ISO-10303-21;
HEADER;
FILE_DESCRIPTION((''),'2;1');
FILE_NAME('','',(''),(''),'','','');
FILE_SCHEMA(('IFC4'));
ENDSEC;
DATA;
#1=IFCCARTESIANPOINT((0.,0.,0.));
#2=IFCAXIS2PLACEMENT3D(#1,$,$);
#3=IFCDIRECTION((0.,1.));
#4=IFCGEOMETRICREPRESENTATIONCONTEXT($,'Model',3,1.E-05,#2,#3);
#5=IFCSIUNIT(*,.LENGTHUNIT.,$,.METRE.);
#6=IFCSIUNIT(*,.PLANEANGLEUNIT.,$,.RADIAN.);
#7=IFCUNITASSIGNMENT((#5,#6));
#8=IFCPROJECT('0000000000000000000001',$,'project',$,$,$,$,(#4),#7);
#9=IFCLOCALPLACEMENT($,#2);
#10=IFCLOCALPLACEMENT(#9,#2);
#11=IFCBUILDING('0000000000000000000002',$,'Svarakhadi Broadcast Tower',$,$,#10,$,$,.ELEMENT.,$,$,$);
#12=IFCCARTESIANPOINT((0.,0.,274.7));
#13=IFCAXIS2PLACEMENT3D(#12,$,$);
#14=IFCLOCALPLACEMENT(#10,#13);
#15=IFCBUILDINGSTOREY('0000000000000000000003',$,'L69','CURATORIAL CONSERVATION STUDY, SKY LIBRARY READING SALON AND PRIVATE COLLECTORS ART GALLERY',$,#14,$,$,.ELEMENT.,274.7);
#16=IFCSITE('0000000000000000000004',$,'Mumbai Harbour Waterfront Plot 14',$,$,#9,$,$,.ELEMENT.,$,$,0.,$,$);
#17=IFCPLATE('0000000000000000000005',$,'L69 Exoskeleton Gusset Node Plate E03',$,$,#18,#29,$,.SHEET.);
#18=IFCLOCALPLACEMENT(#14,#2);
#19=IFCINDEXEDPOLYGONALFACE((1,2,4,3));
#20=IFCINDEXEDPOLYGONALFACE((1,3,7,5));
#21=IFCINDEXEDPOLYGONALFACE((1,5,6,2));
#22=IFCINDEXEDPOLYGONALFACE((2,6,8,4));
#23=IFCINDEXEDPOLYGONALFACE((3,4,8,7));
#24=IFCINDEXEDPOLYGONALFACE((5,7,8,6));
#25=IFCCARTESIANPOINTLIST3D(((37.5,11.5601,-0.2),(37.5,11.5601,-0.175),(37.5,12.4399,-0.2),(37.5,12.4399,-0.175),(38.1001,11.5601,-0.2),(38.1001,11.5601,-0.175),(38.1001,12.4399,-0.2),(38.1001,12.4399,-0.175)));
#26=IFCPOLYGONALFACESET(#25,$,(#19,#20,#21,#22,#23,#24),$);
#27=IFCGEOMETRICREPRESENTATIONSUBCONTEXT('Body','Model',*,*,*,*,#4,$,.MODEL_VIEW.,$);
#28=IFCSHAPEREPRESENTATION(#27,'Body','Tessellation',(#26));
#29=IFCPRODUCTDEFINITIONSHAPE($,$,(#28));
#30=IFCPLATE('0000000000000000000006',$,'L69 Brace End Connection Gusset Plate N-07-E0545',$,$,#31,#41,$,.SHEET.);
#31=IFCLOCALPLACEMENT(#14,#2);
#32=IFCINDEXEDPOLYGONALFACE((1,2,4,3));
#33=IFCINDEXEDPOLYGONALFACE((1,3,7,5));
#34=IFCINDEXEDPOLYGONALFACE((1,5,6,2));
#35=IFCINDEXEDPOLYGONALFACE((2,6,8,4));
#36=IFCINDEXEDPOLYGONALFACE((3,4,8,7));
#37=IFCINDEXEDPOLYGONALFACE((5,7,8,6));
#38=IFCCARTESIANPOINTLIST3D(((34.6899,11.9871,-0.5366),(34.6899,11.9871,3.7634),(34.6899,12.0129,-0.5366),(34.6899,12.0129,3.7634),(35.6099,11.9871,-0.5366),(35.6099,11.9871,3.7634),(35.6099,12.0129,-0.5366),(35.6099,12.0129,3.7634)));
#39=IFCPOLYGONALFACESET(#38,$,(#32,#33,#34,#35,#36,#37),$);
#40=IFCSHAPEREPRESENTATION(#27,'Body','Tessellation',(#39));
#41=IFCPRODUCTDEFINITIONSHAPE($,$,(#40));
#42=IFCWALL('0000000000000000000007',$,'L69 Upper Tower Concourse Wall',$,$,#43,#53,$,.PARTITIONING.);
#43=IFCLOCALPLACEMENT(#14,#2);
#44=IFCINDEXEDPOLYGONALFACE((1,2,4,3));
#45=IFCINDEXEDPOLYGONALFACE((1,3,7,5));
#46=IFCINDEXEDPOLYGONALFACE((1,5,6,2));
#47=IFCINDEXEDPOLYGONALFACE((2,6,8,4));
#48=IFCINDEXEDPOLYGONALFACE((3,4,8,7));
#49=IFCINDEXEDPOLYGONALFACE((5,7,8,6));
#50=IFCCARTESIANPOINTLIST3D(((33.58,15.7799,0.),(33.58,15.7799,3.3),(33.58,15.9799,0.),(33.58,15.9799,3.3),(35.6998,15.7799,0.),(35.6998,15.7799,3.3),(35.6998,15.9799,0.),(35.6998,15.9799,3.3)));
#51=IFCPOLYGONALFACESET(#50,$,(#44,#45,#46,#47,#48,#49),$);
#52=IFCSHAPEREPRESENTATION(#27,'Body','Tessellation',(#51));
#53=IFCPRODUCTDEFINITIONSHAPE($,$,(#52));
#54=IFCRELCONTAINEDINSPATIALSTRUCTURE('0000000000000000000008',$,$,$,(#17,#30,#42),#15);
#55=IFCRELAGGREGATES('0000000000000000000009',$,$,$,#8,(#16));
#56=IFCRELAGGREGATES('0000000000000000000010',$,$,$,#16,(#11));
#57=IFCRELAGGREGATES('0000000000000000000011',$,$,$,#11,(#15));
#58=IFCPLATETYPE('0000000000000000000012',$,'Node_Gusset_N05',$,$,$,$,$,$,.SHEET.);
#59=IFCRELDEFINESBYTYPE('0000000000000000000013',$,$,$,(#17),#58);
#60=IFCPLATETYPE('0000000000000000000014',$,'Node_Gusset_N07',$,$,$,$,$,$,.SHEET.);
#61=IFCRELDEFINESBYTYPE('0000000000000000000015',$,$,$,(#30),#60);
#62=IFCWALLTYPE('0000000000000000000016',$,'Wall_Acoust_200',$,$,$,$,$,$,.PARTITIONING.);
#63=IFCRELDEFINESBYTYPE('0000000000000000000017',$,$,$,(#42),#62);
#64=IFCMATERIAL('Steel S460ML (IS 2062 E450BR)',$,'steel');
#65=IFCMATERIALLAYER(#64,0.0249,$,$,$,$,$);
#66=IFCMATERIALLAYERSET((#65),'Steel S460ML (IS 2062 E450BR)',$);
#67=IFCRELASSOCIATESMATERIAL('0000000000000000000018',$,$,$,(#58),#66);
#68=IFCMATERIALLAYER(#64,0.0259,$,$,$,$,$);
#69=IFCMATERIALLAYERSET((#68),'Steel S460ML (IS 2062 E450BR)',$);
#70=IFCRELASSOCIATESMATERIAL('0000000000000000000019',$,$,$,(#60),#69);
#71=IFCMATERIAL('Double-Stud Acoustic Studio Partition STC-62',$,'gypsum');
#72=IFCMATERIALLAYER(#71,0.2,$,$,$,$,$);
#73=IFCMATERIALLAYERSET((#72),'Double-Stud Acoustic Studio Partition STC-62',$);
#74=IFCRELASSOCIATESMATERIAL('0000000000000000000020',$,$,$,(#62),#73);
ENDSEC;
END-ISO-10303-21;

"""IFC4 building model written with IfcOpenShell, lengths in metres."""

from ifc_helpers import new_model, si_unit, direction, frame, frame_2d, origin, origin_2d, place, context, subcontext, project, spatial, rectangle, extrude, material, layer, layer_set, type_object, element, save


model = new_model("IFC4")

# Units and contexts
model_context = context("Model", 3, precision=1e-05, world=origin(), true_north=direction((0.0, 1.0)))
body_context = subcontext(model_context, "Body", "Model", "MODEL_VIEW")
ifc_project = project(units=[si_unit("LENGTHUNIT", "METRE"), si_unit("PLANEANGLEUNIT", "RADIAN")], contexts=[model_context])

# Site, building, storey
site_placement = place(None, origin())
site = spatial("IfcSite", under=ifc_project, at=site_placement, Name="Mumbai Harbour Waterfront Plot 14", CompositionType="ELEMENT", RefElevation=0.0)
building_placement = place(site_placement, origin())
building = spatial("IfcBuilding", under=site, at=building_placement, Name="Svarakhadi Broadcast Tower", CompositionType="ELEMENT")
storey_placement = place(building_placement, frame((0.0, 0.0, 274.7)))
storey = spatial("IfcBuildingStorey", under=building, at=storey_placement, Name="L69", Description="CURATORIAL CONSERVATION STUDY, SKY LIBRARY READING SALON AND PRIVATE COLLECTORS ART GALLERY", CompositionType="ELEMENT", Elevation=274.7)

# Shared definitions
ifc_material_1 = material(Name="Steel S460ML (IS 2062 E450BR)", Category="steel")

# Plates
ifc_layer_1 = layer(ifc_material_1, 0.0249)
ifc_layer_set_1 = layer_set([ifc_layer_1], Name="Steel S460ML (IS 2062 E450BR)")
plate_type_1 = type_object("IfcPlateType", Name="Node_Gusset_N05", PredefinedType="SHEET", material=ifc_layer_set_1)
plate_1_placement = place(storey_placement, frame((37.8, 12.0, -0.2), z_axis=(0.0, 0.0, 1.0), x_axis=(0.0, 1.0, 0.0)))
element("IfcPlate", 1, at=plate_1_placement, inside=storey, type_object=plate_type_1, Name="L69 Exoskeleton Gusset Node Plate E03", PredefinedType="SHEET", context=body_context, shape_type="SweptSolid", body=[
    extrude(rectangle(XDim=0.8799, YDim=0.6001, at=origin_2d()), origin(), (0.0, 0.0, 1.0), 0.0249),
])
ifc_layer_2 = layer(ifc_material_1, 0.0259)
ifc_layer_set_2 = layer_set([ifc_layer_2], Name="Steel S460ML (IS 2062 E450BR)")
plate_type_2 = type_object("IfcPlateType", Name="Node_Gusset_N07", PredefinedType="SHEET", material=ifc_layer_set_2)
plate_2_placement = place(storey_placement, frame((35.1499, 12.0, -0.5366), z_axis=(0.0, 0.0, 1.0), x_axis=(1.0, 0.0, 0.0)))
element("IfcPlate", 2, at=plate_2_placement, inside=storey, type_object=plate_type_2, Name="L69 Brace End Connection Gusset Plate N-07-E0545", PredefinedType="SHEET", context=body_context, shape_type="SweptSolid", body=[
    extrude(rectangle(XDim=0.9199, YDim=0.0259, at=origin_2d()), origin(), (0.0, 0.0, 1.0), 4.3),
])

# Wall
ifc_material_2 = material(Name="Double-Stud Acoustic Studio Partition STC-62", Category="gypsum")
ifc_layer_3 = layer(ifc_material_2, 0.2)
ifc_layer_set_3 = layer_set([ifc_layer_3], Name="Double-Stud Acoustic Studio Partition STC-62")
wall_type = type_object("IfcWallType", Name="Wall_Acoust_200", PredefinedType="PARTITIONING", material=ifc_layer_set_3)
wall_placement = place(storey_placement, frame((35.7, 15.8799, 0.0), z_axis=(0.0, 0.0, 1.0), x_axis=(-1.0, 0.0, 0.0)))
element("IfcWall", 3, at=wall_placement, inside=storey, type_object=wall_type, Name="L69 Upper Tower Concourse Wall", PredefinedType="PARTITIONING", context=body_context, shape_type="SweptSolid", body=[
    extrude(rectangle(XDim=2.1199, YDim=0.2, at=frame_2d((1.0601, 0.0))), origin(), (0.0, 0.0, 1.0), 3.3),
])

save(model, "model.ifc")
